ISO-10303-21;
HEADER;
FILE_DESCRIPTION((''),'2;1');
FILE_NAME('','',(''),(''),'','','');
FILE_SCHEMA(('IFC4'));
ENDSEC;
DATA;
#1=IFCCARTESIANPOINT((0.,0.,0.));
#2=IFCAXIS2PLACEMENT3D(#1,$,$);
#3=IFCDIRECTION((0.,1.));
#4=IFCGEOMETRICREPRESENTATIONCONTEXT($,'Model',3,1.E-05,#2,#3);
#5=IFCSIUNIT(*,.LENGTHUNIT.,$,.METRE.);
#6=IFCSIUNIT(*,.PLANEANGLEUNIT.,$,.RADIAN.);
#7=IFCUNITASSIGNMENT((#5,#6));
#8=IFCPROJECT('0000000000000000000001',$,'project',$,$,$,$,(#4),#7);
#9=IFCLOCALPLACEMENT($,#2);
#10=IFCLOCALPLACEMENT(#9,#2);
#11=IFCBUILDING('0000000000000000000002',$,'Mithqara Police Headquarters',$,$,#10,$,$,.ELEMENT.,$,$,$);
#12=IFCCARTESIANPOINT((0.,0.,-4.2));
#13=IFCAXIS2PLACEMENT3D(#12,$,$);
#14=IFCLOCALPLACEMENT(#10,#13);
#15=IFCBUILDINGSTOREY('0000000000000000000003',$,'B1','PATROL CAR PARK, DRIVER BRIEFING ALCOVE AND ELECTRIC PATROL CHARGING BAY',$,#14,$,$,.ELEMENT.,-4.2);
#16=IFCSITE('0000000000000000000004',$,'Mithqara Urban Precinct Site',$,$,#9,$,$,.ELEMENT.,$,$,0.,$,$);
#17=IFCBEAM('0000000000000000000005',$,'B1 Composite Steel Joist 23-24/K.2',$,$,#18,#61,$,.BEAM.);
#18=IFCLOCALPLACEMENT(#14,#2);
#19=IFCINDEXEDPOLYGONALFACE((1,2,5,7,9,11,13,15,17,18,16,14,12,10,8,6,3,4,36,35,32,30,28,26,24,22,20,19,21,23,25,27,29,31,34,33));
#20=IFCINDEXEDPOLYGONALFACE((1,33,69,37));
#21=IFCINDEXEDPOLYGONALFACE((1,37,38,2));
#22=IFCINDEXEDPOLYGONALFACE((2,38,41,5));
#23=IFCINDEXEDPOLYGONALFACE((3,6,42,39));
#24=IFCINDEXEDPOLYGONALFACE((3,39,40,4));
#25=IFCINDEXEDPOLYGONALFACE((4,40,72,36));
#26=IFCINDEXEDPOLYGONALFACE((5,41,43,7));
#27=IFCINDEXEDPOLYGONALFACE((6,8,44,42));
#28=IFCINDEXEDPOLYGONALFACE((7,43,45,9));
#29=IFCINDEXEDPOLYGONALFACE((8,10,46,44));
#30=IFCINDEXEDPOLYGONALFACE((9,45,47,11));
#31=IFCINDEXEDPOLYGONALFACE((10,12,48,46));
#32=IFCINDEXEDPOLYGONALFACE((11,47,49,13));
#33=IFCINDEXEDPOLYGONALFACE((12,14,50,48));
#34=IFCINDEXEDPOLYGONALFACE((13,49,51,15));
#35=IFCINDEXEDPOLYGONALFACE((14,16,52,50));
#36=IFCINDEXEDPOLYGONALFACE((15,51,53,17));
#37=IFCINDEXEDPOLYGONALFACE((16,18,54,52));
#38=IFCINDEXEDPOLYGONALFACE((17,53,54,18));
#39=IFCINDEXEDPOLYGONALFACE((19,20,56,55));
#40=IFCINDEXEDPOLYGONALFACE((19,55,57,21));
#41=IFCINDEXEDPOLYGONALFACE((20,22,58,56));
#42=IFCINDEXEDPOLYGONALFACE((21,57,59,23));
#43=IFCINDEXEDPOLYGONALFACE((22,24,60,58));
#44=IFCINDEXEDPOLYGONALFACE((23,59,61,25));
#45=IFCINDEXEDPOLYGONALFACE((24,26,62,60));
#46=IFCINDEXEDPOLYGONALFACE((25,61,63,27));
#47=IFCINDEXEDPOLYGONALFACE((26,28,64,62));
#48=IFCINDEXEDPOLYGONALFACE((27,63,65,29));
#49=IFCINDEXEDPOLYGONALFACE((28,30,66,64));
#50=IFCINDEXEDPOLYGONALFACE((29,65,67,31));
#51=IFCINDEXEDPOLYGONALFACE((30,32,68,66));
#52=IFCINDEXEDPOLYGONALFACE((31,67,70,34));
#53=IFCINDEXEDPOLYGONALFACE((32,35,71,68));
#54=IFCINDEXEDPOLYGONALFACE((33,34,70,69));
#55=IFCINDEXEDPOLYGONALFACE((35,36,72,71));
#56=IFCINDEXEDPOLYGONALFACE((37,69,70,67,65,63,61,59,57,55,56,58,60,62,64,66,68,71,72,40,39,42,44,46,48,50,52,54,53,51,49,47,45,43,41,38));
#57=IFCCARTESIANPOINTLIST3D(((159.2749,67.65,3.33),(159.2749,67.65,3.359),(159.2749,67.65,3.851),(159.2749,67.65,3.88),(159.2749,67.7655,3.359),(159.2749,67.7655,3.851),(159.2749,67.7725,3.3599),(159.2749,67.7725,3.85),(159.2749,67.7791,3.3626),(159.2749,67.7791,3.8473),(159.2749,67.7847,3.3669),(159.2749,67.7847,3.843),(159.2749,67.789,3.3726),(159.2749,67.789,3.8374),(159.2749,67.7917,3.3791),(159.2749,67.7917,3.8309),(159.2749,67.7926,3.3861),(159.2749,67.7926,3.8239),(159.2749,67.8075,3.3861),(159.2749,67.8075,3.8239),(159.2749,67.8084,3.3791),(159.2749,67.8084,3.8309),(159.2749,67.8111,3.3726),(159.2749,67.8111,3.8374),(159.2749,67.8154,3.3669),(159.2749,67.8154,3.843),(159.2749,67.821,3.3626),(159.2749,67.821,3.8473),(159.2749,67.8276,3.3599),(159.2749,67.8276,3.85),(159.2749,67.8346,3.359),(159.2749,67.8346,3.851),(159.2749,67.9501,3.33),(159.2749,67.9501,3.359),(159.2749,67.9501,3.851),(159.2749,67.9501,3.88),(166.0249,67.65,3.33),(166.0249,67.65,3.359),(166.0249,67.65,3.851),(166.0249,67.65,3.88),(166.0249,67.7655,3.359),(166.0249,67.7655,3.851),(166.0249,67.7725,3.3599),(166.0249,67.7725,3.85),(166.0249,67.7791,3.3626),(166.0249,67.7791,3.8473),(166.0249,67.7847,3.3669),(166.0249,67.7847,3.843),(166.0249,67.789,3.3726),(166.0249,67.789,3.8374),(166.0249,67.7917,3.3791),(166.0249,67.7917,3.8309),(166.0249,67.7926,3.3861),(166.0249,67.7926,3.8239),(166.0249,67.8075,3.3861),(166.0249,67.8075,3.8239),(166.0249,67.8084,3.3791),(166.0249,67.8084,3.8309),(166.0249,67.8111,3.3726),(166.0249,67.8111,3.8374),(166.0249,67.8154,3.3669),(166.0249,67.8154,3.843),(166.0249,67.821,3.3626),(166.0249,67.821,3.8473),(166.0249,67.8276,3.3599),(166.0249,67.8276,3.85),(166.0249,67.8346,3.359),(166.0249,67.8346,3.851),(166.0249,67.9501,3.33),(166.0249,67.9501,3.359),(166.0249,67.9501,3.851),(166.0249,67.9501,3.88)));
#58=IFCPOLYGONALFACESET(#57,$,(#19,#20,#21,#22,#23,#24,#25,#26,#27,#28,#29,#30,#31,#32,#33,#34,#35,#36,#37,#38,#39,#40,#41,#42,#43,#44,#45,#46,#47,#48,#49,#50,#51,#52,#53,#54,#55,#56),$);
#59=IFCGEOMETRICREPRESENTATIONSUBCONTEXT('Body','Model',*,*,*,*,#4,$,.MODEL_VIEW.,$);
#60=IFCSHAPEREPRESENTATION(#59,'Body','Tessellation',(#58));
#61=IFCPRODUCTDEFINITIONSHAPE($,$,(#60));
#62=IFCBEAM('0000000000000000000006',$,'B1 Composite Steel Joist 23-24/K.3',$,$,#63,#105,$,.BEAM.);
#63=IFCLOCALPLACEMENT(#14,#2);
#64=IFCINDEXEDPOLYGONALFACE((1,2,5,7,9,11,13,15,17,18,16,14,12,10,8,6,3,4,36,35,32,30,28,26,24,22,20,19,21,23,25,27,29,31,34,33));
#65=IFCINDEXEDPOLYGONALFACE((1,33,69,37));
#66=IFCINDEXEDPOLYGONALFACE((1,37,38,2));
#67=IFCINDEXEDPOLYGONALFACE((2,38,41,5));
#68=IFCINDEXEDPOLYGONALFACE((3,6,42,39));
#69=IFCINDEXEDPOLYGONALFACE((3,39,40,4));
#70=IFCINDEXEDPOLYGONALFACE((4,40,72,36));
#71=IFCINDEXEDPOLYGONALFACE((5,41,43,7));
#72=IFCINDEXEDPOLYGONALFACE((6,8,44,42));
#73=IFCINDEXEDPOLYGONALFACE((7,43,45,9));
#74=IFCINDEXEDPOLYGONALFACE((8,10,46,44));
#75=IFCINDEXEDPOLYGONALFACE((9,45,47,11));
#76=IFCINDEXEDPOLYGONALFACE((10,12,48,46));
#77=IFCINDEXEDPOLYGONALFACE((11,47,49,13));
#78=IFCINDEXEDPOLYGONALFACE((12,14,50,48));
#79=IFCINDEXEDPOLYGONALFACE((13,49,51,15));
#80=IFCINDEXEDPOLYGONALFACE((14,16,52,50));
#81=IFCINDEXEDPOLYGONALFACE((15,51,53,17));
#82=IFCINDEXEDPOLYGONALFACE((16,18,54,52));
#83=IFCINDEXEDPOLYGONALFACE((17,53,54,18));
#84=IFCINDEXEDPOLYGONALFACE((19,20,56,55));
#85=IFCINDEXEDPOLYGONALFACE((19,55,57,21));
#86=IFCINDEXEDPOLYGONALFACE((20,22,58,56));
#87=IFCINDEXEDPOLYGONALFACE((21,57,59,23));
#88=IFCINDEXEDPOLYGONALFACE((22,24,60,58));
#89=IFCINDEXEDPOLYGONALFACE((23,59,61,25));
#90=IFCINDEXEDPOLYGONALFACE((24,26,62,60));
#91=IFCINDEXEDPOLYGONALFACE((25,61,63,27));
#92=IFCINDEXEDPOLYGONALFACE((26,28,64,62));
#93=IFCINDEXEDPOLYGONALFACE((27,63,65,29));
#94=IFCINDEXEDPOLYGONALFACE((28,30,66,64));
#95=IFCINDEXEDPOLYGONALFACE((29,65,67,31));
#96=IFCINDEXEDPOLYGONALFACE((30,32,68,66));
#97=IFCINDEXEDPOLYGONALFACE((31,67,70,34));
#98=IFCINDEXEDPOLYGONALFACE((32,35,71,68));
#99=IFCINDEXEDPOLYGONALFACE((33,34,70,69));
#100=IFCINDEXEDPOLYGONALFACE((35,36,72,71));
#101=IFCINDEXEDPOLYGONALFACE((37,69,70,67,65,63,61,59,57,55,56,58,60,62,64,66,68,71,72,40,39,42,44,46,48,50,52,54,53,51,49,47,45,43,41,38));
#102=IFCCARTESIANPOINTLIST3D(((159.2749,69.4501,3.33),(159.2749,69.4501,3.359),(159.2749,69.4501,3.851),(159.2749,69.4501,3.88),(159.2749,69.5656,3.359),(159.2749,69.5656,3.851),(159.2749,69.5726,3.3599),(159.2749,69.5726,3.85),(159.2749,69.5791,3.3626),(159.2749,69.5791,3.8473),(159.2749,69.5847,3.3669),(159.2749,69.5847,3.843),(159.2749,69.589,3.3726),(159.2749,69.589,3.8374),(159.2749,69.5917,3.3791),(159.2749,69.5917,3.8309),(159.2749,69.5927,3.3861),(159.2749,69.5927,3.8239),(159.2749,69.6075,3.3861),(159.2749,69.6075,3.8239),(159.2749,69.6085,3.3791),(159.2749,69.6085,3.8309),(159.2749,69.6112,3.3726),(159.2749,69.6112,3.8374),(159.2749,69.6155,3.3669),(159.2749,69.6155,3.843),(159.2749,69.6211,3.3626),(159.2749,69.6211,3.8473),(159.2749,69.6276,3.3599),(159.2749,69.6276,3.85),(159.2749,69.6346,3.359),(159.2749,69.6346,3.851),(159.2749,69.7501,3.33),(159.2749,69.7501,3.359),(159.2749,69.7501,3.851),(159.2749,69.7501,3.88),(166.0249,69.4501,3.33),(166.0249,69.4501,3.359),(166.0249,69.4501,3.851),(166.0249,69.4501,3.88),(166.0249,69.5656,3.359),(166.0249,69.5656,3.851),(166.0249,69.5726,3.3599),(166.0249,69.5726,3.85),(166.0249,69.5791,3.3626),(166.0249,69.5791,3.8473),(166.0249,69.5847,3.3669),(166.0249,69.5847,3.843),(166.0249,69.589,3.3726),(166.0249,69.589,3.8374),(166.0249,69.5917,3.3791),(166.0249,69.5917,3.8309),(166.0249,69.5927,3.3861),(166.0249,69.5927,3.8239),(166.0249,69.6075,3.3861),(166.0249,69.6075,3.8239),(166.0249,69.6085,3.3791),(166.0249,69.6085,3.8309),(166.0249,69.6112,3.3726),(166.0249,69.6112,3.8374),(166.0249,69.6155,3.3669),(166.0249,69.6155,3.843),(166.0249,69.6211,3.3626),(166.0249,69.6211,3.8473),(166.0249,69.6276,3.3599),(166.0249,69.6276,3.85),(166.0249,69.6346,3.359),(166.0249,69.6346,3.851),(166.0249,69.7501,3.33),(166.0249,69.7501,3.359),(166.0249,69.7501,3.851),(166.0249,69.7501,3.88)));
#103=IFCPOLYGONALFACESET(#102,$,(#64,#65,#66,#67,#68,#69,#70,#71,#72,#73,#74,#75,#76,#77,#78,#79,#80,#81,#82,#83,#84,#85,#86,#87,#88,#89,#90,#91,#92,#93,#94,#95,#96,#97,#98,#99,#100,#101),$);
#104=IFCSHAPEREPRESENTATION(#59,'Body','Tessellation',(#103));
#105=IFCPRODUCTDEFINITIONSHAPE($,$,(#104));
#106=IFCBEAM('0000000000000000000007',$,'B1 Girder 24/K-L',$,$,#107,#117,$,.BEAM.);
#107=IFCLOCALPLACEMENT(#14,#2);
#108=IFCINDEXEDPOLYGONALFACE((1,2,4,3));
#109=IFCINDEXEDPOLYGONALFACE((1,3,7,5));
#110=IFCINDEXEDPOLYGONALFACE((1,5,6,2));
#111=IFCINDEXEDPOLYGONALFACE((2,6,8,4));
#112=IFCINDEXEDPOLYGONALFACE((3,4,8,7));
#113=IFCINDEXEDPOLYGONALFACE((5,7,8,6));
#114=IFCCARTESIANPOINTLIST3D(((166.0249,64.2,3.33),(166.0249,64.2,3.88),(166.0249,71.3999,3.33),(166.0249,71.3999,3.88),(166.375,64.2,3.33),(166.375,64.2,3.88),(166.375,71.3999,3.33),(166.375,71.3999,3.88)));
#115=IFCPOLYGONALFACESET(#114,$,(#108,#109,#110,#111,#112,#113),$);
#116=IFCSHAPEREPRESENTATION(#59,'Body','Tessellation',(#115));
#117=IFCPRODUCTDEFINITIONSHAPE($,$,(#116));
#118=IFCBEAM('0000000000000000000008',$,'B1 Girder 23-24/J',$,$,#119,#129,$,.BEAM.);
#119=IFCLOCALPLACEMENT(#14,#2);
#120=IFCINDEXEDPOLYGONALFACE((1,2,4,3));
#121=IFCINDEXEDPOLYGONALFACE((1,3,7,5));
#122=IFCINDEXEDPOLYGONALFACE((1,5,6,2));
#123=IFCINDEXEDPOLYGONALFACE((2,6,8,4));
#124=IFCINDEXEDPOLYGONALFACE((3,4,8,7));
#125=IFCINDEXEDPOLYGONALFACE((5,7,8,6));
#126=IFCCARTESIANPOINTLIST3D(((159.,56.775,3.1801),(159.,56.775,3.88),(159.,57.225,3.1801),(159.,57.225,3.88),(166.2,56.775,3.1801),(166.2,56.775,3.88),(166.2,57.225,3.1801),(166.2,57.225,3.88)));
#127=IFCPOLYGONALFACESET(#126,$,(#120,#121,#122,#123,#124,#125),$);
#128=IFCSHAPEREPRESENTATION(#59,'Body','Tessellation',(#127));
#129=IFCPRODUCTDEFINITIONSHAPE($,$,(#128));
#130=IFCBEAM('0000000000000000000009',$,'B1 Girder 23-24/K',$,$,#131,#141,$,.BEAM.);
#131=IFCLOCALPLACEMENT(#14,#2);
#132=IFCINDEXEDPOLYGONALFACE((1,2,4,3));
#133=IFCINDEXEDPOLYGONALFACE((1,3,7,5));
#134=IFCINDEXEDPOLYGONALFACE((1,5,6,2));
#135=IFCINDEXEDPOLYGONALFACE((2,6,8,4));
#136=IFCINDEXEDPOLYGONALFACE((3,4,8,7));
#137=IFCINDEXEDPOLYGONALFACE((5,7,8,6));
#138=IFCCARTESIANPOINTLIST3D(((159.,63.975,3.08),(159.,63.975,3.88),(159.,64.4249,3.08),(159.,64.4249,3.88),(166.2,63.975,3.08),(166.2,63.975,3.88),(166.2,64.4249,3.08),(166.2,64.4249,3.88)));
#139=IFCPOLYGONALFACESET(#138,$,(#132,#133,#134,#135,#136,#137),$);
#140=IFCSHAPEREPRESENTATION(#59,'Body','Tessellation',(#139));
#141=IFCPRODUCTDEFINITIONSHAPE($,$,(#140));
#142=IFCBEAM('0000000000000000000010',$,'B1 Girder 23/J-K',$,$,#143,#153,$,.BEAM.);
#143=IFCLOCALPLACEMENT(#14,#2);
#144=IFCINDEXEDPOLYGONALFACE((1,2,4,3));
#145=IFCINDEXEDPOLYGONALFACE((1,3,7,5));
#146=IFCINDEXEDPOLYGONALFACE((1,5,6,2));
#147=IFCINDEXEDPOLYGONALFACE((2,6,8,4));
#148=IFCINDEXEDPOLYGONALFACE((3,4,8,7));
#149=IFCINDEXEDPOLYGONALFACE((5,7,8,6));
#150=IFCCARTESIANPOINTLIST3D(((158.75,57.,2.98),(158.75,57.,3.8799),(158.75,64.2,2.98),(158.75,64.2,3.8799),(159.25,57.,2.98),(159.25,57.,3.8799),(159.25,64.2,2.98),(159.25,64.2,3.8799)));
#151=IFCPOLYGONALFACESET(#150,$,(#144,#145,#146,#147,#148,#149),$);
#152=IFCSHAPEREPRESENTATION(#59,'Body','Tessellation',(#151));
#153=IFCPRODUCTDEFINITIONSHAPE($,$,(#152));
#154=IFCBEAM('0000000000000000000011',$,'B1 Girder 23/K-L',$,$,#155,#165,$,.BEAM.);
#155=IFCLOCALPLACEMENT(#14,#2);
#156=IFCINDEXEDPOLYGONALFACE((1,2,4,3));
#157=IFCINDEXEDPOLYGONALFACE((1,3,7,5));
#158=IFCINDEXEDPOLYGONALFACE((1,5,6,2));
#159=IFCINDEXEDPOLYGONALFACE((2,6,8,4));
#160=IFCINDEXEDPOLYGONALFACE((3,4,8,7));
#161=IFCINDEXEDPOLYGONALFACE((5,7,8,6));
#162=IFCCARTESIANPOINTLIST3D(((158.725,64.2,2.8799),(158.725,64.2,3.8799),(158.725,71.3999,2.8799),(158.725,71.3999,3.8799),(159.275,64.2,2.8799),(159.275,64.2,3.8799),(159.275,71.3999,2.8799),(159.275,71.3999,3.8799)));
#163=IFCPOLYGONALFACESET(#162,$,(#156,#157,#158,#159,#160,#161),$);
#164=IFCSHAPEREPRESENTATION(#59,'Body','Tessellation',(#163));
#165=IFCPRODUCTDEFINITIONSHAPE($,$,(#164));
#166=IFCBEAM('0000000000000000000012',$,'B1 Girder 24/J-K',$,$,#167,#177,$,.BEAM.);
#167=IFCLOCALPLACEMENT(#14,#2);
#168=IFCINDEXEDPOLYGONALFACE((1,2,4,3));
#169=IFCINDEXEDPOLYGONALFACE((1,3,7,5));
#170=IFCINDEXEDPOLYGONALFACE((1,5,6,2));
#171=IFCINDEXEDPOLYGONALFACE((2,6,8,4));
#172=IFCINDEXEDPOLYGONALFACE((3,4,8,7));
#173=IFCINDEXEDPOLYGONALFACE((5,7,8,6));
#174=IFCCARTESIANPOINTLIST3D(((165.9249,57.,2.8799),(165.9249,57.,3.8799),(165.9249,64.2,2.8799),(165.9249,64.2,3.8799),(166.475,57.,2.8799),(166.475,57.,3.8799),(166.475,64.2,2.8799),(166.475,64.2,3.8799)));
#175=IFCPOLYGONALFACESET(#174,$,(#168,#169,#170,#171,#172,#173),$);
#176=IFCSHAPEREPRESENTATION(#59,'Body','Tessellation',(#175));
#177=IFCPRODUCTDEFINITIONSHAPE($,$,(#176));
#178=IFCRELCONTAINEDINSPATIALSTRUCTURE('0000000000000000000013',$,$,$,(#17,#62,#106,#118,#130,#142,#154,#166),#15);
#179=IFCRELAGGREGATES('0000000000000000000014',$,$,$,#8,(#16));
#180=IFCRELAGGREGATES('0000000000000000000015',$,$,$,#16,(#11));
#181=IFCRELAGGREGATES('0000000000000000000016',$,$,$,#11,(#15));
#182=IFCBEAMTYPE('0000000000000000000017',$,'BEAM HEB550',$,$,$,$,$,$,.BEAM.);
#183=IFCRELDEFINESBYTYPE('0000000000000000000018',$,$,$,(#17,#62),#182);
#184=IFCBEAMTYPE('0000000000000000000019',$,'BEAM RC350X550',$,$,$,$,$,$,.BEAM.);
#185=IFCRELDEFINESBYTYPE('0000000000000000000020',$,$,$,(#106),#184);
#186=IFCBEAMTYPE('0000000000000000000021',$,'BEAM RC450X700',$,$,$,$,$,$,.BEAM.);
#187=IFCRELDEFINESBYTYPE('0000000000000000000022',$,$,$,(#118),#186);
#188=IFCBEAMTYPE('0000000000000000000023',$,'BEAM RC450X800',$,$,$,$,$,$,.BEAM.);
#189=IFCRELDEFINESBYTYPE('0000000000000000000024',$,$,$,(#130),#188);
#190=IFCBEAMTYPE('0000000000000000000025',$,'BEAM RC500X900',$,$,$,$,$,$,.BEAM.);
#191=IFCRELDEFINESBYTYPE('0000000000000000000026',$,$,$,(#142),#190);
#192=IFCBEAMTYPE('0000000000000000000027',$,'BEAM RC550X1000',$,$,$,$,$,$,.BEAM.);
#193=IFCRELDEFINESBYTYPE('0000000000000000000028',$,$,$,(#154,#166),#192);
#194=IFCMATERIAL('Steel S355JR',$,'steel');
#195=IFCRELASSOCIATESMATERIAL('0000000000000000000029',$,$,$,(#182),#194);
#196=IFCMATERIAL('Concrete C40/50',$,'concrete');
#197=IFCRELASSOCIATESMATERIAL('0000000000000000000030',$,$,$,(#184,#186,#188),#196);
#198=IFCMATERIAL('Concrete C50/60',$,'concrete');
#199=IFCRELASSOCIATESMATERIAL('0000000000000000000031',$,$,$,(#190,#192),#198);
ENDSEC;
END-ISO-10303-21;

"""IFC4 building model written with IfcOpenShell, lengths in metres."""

from ifc_helpers import new_model, si_unit, direction, frame, origin, origin_2d, place, context, subcontext, project, spatial, rectangle, i_section, extrude, material, material_profile, profile_set, type_object, element, save


model = new_model("IFC4")

# Units and contexts
model_context = context("Model", 3, precision=1e-05, world=origin(), true_north=direction((0.0, 1.0)))
body_context = subcontext(model_context, "Body", "Model", "MODEL_VIEW")
ifc_project = project(units=[si_unit("LENGTHUNIT", "METRE"), si_unit("PLANEANGLEUNIT", "RADIAN")], contexts=[model_context])

# Site, building, storey
site_placement = place(None, origin())
site = spatial("IfcSite", under=ifc_project, at=site_placement, Name="Mithqara Urban Precinct Site", CompositionType="ELEMENT", RefElevation=0.0)
building_placement = place(site_placement, origin())
building = spatial("IfcBuilding", under=site, at=building_placement, Name="Mithqara Police Headquarters", CompositionType="ELEMENT")
storey_placement = place(building_placement, frame((0.0, 0.0, -4.2)))
storey = spatial("IfcBuildingStorey", under=building, at=storey_placement, Name="B1", Description="PATROL CAR PARK, DRIVER BRIEFING ALCOVE AND ELECTRIC PATROL CHARGING BAY", CompositionType="ELEMENT", Elevation=-4.2)

# Shared definitions
ifc_material_1 = material(Name="Concrete C50/60", Category="concrete")

# Beams
ifc_material_2 = material(Name="Steel S355JR", Category="steel")
ifc_material_profile_1 = material_profile(ifc_material_2, i_section(OverallWidth=0.3, OverallDepth=0.55, WebThickness=0.0149, FlangeThickness=0.0291, FilletRadius=0.0271, at=origin_2d()), Name="HEB 550")
ifc_profile_set_1 = profile_set([ifc_material_profile_1], Name="Steel S355JR")
beam_type_1 = type_object("IfcBeamType", Name="BEAM HEB550", PredefinedType="BEAM", material=ifc_profile_set_1)
for number, where, z_axis, x_axis, name in (
    (1, (159.2749, 67.8, 3.605), (1.0, 0.0, 0.0), (0.0, 1.0, 0.0), "B1 Composite Steel Joist 23-24/K.2"),
    (2, (159.2749, 69.6001, 3.605), (1.0, 0.0, 0.0), (0.0, 1.0, 0.0), "B1 Composite Steel Joist 23-24/K.3"),
):
    element("IfcBeam", number, at=place(storey_placement, frame(where, z_axis=z_axis, x_axis=x_axis)), inside=storey, type_object=beam_type_1, Name=name, PredefinedType="BEAM", context=body_context, shape_type="SweptSolid", body=[
        extrude(i_section(OverallWidth=0.3, OverallDepth=0.55, WebThickness=0.0149, FlangeThickness=0.0291, FilletRadius=0.0271, at=origin_2d()), origin(), (0.0, 0.0, 1.0), 6.75),
    ])
ifc_material_3 = material(Name="Concrete C40/50", Category="concrete")
ifc_material_profile_2 = material_profile(ifc_material_3, rectangle(XDim=0.3501, YDim=0.55, at=origin_2d()), Name="RC 350x550")
ifc_profile_set_2 = profile_set([ifc_material_profile_2], Name="Concrete C40/50")
beam_type_2 = type_object("IfcBeamType", Name="BEAM RC350X550", PredefinedType="BEAM", material=ifc_profile_set_2)
beam_1_placement = place(storey_placement, frame((166.2, 64.2, 3.605), z_axis=(0.0, 1.0, 0.0), x_axis=(-1.0, 0.0, 0.0)))
element("IfcBeam", 3, at=beam_1_placement, inside=storey, type_object=beam_type_2, Name="B1 Girder 24/K-L", PredefinedType="BEAM", context=body_context, shape_type="SweptSolid", body=[
    extrude(rectangle(XDim=0.3501, YDim=0.55, at=origin_2d()), origin(), (0.0, 0.0, 1.0), 7.2),
])
ifc_material_profile_3 = material_profile(ifc_material_3, rectangle(XDim=0.45, YDim=0.7, at=origin_2d()), Name="RC 450x700")
ifc_profile_set_3 = profile_set([ifc_material_profile_3], Name="Concrete C40/50")
beam_type_3 = type_object("IfcBeamType", Name="BEAM RC450X700", PredefinedType="BEAM", material=ifc_profile_set_3)
beam_2_placement = place(storey_placement, frame((159.0, 57.0, 3.53), z_axis=(1.0, 0.0, 0.0), x_axis=(0.0, 1.0, 0.0)))
element("IfcBeam", 4, at=beam_2_placement, inside=storey, type_object=beam_type_3, Name="B1 Girder 23-24/J", PredefinedType="BEAM", context=body_context, shape_type="SweptSolid", body=[
    extrude(rectangle(XDim=0.45, YDim=0.7, at=origin_2d()), origin(), (0.0, 0.0, 1.0), 7.2),
])
ifc_material_profile_4 = material_profile(ifc_material_3, rectangle(XDim=0.45, YDim=0.8, at=origin_2d()), Name="RC 450x800")
ifc_profile_set_4 = profile_set([ifc_material_profile_4], Name="Concrete C40/50")
beam_type_4 = type_object("IfcBeamType", Name="BEAM RC450X800", PredefinedType="BEAM", material=ifc_profile_set_4)
beam_3_placement = place(storey_placement, frame((159.0, 64.2, 3.48), z_axis=(1.0, 0.0, 0.0), x_axis=(0.0, 1.0, 0.0)))
element("IfcBeam", 5, at=beam_3_placement, inside=storey, type_object=beam_type_4, Name="B1 Girder 23-24/K", PredefinedType="BEAM", context=body_context, shape_type="SweptSolid", body=[
    extrude(rectangle(XDim=0.45, YDim=0.8, at=origin_2d()), origin(), (0.0, 0.0, 1.0), 7.2),
])
ifc_material_profile_5 = material_profile(ifc_material_1, rectangle(XDim=0.5, YDim=0.8999, at=origin_2d()), Name="RC 500x900")
ifc_profile_set_5 = profile_set([ifc_material_profile_5], Name="Concrete C50/60")
beam_type_5 = type_object("IfcBeamType", Name="BEAM RC500X900", PredefinedType="BEAM", material=ifc_profile_set_5)
beam_4_placement = place(storey_placement, frame((159.0, 57.0, 3.4299), z_axis=(0.0, 1.0, 0.0), x_axis=(-1.0, 0.0, 0.0)))
element("IfcBeam", 6, at=beam_4_placement, inside=storey, type_object=beam_type_5, Name="B1 Girder 23/J-K", PredefinedType="BEAM", context=body_context, shape_type="SweptSolid", body=[
    extrude(rectangle(XDim=0.5, YDim=0.8999, at=origin_2d()), origin(), (0.0, 0.0, 1.0), 7.2),
])
ifc_material_profile_6 = material_profile(ifc_material_1, rectangle(XDim=0.55, YDim=1.0, at=origin_2d()), Name="RC 550x1000")
ifc_profile_set_6 = profile_set([ifc_material_profile_6], Name="Concrete C50/60")
beam_type_6 = type_object("IfcBeamType", Name="BEAM RC550X1000", PredefinedType="BEAM", material=ifc_profile_set_6)
for number, where, z_axis, x_axis, name in (
    (7, (159.0, 64.2, 3.3799), (0.0, 1.0, 0.0), (-1.0, 0.0, 0.0), "B1 Girder 23/K-L"),
    (8, (166.2, 57.0, 3.3799), (0.0, 1.0, 0.0), (-1.0, 0.0, 0.0), "B1 Girder 24/J-K"),
):
    element("IfcBeam", number, at=place(storey_placement, frame(where, z_axis=z_axis, x_axis=x_axis)), inside=storey, type_object=beam_type_6, Name=name, PredefinedType="BEAM", context=body_context, shape_type="SweptSolid", body=[
        extrude(rectangle(XDim=0.55, YDim=1.0, at=origin_2d()), origin(), (0.0, 0.0, 1.0), 7.2),
    ])

save(model, "model.ifc")
